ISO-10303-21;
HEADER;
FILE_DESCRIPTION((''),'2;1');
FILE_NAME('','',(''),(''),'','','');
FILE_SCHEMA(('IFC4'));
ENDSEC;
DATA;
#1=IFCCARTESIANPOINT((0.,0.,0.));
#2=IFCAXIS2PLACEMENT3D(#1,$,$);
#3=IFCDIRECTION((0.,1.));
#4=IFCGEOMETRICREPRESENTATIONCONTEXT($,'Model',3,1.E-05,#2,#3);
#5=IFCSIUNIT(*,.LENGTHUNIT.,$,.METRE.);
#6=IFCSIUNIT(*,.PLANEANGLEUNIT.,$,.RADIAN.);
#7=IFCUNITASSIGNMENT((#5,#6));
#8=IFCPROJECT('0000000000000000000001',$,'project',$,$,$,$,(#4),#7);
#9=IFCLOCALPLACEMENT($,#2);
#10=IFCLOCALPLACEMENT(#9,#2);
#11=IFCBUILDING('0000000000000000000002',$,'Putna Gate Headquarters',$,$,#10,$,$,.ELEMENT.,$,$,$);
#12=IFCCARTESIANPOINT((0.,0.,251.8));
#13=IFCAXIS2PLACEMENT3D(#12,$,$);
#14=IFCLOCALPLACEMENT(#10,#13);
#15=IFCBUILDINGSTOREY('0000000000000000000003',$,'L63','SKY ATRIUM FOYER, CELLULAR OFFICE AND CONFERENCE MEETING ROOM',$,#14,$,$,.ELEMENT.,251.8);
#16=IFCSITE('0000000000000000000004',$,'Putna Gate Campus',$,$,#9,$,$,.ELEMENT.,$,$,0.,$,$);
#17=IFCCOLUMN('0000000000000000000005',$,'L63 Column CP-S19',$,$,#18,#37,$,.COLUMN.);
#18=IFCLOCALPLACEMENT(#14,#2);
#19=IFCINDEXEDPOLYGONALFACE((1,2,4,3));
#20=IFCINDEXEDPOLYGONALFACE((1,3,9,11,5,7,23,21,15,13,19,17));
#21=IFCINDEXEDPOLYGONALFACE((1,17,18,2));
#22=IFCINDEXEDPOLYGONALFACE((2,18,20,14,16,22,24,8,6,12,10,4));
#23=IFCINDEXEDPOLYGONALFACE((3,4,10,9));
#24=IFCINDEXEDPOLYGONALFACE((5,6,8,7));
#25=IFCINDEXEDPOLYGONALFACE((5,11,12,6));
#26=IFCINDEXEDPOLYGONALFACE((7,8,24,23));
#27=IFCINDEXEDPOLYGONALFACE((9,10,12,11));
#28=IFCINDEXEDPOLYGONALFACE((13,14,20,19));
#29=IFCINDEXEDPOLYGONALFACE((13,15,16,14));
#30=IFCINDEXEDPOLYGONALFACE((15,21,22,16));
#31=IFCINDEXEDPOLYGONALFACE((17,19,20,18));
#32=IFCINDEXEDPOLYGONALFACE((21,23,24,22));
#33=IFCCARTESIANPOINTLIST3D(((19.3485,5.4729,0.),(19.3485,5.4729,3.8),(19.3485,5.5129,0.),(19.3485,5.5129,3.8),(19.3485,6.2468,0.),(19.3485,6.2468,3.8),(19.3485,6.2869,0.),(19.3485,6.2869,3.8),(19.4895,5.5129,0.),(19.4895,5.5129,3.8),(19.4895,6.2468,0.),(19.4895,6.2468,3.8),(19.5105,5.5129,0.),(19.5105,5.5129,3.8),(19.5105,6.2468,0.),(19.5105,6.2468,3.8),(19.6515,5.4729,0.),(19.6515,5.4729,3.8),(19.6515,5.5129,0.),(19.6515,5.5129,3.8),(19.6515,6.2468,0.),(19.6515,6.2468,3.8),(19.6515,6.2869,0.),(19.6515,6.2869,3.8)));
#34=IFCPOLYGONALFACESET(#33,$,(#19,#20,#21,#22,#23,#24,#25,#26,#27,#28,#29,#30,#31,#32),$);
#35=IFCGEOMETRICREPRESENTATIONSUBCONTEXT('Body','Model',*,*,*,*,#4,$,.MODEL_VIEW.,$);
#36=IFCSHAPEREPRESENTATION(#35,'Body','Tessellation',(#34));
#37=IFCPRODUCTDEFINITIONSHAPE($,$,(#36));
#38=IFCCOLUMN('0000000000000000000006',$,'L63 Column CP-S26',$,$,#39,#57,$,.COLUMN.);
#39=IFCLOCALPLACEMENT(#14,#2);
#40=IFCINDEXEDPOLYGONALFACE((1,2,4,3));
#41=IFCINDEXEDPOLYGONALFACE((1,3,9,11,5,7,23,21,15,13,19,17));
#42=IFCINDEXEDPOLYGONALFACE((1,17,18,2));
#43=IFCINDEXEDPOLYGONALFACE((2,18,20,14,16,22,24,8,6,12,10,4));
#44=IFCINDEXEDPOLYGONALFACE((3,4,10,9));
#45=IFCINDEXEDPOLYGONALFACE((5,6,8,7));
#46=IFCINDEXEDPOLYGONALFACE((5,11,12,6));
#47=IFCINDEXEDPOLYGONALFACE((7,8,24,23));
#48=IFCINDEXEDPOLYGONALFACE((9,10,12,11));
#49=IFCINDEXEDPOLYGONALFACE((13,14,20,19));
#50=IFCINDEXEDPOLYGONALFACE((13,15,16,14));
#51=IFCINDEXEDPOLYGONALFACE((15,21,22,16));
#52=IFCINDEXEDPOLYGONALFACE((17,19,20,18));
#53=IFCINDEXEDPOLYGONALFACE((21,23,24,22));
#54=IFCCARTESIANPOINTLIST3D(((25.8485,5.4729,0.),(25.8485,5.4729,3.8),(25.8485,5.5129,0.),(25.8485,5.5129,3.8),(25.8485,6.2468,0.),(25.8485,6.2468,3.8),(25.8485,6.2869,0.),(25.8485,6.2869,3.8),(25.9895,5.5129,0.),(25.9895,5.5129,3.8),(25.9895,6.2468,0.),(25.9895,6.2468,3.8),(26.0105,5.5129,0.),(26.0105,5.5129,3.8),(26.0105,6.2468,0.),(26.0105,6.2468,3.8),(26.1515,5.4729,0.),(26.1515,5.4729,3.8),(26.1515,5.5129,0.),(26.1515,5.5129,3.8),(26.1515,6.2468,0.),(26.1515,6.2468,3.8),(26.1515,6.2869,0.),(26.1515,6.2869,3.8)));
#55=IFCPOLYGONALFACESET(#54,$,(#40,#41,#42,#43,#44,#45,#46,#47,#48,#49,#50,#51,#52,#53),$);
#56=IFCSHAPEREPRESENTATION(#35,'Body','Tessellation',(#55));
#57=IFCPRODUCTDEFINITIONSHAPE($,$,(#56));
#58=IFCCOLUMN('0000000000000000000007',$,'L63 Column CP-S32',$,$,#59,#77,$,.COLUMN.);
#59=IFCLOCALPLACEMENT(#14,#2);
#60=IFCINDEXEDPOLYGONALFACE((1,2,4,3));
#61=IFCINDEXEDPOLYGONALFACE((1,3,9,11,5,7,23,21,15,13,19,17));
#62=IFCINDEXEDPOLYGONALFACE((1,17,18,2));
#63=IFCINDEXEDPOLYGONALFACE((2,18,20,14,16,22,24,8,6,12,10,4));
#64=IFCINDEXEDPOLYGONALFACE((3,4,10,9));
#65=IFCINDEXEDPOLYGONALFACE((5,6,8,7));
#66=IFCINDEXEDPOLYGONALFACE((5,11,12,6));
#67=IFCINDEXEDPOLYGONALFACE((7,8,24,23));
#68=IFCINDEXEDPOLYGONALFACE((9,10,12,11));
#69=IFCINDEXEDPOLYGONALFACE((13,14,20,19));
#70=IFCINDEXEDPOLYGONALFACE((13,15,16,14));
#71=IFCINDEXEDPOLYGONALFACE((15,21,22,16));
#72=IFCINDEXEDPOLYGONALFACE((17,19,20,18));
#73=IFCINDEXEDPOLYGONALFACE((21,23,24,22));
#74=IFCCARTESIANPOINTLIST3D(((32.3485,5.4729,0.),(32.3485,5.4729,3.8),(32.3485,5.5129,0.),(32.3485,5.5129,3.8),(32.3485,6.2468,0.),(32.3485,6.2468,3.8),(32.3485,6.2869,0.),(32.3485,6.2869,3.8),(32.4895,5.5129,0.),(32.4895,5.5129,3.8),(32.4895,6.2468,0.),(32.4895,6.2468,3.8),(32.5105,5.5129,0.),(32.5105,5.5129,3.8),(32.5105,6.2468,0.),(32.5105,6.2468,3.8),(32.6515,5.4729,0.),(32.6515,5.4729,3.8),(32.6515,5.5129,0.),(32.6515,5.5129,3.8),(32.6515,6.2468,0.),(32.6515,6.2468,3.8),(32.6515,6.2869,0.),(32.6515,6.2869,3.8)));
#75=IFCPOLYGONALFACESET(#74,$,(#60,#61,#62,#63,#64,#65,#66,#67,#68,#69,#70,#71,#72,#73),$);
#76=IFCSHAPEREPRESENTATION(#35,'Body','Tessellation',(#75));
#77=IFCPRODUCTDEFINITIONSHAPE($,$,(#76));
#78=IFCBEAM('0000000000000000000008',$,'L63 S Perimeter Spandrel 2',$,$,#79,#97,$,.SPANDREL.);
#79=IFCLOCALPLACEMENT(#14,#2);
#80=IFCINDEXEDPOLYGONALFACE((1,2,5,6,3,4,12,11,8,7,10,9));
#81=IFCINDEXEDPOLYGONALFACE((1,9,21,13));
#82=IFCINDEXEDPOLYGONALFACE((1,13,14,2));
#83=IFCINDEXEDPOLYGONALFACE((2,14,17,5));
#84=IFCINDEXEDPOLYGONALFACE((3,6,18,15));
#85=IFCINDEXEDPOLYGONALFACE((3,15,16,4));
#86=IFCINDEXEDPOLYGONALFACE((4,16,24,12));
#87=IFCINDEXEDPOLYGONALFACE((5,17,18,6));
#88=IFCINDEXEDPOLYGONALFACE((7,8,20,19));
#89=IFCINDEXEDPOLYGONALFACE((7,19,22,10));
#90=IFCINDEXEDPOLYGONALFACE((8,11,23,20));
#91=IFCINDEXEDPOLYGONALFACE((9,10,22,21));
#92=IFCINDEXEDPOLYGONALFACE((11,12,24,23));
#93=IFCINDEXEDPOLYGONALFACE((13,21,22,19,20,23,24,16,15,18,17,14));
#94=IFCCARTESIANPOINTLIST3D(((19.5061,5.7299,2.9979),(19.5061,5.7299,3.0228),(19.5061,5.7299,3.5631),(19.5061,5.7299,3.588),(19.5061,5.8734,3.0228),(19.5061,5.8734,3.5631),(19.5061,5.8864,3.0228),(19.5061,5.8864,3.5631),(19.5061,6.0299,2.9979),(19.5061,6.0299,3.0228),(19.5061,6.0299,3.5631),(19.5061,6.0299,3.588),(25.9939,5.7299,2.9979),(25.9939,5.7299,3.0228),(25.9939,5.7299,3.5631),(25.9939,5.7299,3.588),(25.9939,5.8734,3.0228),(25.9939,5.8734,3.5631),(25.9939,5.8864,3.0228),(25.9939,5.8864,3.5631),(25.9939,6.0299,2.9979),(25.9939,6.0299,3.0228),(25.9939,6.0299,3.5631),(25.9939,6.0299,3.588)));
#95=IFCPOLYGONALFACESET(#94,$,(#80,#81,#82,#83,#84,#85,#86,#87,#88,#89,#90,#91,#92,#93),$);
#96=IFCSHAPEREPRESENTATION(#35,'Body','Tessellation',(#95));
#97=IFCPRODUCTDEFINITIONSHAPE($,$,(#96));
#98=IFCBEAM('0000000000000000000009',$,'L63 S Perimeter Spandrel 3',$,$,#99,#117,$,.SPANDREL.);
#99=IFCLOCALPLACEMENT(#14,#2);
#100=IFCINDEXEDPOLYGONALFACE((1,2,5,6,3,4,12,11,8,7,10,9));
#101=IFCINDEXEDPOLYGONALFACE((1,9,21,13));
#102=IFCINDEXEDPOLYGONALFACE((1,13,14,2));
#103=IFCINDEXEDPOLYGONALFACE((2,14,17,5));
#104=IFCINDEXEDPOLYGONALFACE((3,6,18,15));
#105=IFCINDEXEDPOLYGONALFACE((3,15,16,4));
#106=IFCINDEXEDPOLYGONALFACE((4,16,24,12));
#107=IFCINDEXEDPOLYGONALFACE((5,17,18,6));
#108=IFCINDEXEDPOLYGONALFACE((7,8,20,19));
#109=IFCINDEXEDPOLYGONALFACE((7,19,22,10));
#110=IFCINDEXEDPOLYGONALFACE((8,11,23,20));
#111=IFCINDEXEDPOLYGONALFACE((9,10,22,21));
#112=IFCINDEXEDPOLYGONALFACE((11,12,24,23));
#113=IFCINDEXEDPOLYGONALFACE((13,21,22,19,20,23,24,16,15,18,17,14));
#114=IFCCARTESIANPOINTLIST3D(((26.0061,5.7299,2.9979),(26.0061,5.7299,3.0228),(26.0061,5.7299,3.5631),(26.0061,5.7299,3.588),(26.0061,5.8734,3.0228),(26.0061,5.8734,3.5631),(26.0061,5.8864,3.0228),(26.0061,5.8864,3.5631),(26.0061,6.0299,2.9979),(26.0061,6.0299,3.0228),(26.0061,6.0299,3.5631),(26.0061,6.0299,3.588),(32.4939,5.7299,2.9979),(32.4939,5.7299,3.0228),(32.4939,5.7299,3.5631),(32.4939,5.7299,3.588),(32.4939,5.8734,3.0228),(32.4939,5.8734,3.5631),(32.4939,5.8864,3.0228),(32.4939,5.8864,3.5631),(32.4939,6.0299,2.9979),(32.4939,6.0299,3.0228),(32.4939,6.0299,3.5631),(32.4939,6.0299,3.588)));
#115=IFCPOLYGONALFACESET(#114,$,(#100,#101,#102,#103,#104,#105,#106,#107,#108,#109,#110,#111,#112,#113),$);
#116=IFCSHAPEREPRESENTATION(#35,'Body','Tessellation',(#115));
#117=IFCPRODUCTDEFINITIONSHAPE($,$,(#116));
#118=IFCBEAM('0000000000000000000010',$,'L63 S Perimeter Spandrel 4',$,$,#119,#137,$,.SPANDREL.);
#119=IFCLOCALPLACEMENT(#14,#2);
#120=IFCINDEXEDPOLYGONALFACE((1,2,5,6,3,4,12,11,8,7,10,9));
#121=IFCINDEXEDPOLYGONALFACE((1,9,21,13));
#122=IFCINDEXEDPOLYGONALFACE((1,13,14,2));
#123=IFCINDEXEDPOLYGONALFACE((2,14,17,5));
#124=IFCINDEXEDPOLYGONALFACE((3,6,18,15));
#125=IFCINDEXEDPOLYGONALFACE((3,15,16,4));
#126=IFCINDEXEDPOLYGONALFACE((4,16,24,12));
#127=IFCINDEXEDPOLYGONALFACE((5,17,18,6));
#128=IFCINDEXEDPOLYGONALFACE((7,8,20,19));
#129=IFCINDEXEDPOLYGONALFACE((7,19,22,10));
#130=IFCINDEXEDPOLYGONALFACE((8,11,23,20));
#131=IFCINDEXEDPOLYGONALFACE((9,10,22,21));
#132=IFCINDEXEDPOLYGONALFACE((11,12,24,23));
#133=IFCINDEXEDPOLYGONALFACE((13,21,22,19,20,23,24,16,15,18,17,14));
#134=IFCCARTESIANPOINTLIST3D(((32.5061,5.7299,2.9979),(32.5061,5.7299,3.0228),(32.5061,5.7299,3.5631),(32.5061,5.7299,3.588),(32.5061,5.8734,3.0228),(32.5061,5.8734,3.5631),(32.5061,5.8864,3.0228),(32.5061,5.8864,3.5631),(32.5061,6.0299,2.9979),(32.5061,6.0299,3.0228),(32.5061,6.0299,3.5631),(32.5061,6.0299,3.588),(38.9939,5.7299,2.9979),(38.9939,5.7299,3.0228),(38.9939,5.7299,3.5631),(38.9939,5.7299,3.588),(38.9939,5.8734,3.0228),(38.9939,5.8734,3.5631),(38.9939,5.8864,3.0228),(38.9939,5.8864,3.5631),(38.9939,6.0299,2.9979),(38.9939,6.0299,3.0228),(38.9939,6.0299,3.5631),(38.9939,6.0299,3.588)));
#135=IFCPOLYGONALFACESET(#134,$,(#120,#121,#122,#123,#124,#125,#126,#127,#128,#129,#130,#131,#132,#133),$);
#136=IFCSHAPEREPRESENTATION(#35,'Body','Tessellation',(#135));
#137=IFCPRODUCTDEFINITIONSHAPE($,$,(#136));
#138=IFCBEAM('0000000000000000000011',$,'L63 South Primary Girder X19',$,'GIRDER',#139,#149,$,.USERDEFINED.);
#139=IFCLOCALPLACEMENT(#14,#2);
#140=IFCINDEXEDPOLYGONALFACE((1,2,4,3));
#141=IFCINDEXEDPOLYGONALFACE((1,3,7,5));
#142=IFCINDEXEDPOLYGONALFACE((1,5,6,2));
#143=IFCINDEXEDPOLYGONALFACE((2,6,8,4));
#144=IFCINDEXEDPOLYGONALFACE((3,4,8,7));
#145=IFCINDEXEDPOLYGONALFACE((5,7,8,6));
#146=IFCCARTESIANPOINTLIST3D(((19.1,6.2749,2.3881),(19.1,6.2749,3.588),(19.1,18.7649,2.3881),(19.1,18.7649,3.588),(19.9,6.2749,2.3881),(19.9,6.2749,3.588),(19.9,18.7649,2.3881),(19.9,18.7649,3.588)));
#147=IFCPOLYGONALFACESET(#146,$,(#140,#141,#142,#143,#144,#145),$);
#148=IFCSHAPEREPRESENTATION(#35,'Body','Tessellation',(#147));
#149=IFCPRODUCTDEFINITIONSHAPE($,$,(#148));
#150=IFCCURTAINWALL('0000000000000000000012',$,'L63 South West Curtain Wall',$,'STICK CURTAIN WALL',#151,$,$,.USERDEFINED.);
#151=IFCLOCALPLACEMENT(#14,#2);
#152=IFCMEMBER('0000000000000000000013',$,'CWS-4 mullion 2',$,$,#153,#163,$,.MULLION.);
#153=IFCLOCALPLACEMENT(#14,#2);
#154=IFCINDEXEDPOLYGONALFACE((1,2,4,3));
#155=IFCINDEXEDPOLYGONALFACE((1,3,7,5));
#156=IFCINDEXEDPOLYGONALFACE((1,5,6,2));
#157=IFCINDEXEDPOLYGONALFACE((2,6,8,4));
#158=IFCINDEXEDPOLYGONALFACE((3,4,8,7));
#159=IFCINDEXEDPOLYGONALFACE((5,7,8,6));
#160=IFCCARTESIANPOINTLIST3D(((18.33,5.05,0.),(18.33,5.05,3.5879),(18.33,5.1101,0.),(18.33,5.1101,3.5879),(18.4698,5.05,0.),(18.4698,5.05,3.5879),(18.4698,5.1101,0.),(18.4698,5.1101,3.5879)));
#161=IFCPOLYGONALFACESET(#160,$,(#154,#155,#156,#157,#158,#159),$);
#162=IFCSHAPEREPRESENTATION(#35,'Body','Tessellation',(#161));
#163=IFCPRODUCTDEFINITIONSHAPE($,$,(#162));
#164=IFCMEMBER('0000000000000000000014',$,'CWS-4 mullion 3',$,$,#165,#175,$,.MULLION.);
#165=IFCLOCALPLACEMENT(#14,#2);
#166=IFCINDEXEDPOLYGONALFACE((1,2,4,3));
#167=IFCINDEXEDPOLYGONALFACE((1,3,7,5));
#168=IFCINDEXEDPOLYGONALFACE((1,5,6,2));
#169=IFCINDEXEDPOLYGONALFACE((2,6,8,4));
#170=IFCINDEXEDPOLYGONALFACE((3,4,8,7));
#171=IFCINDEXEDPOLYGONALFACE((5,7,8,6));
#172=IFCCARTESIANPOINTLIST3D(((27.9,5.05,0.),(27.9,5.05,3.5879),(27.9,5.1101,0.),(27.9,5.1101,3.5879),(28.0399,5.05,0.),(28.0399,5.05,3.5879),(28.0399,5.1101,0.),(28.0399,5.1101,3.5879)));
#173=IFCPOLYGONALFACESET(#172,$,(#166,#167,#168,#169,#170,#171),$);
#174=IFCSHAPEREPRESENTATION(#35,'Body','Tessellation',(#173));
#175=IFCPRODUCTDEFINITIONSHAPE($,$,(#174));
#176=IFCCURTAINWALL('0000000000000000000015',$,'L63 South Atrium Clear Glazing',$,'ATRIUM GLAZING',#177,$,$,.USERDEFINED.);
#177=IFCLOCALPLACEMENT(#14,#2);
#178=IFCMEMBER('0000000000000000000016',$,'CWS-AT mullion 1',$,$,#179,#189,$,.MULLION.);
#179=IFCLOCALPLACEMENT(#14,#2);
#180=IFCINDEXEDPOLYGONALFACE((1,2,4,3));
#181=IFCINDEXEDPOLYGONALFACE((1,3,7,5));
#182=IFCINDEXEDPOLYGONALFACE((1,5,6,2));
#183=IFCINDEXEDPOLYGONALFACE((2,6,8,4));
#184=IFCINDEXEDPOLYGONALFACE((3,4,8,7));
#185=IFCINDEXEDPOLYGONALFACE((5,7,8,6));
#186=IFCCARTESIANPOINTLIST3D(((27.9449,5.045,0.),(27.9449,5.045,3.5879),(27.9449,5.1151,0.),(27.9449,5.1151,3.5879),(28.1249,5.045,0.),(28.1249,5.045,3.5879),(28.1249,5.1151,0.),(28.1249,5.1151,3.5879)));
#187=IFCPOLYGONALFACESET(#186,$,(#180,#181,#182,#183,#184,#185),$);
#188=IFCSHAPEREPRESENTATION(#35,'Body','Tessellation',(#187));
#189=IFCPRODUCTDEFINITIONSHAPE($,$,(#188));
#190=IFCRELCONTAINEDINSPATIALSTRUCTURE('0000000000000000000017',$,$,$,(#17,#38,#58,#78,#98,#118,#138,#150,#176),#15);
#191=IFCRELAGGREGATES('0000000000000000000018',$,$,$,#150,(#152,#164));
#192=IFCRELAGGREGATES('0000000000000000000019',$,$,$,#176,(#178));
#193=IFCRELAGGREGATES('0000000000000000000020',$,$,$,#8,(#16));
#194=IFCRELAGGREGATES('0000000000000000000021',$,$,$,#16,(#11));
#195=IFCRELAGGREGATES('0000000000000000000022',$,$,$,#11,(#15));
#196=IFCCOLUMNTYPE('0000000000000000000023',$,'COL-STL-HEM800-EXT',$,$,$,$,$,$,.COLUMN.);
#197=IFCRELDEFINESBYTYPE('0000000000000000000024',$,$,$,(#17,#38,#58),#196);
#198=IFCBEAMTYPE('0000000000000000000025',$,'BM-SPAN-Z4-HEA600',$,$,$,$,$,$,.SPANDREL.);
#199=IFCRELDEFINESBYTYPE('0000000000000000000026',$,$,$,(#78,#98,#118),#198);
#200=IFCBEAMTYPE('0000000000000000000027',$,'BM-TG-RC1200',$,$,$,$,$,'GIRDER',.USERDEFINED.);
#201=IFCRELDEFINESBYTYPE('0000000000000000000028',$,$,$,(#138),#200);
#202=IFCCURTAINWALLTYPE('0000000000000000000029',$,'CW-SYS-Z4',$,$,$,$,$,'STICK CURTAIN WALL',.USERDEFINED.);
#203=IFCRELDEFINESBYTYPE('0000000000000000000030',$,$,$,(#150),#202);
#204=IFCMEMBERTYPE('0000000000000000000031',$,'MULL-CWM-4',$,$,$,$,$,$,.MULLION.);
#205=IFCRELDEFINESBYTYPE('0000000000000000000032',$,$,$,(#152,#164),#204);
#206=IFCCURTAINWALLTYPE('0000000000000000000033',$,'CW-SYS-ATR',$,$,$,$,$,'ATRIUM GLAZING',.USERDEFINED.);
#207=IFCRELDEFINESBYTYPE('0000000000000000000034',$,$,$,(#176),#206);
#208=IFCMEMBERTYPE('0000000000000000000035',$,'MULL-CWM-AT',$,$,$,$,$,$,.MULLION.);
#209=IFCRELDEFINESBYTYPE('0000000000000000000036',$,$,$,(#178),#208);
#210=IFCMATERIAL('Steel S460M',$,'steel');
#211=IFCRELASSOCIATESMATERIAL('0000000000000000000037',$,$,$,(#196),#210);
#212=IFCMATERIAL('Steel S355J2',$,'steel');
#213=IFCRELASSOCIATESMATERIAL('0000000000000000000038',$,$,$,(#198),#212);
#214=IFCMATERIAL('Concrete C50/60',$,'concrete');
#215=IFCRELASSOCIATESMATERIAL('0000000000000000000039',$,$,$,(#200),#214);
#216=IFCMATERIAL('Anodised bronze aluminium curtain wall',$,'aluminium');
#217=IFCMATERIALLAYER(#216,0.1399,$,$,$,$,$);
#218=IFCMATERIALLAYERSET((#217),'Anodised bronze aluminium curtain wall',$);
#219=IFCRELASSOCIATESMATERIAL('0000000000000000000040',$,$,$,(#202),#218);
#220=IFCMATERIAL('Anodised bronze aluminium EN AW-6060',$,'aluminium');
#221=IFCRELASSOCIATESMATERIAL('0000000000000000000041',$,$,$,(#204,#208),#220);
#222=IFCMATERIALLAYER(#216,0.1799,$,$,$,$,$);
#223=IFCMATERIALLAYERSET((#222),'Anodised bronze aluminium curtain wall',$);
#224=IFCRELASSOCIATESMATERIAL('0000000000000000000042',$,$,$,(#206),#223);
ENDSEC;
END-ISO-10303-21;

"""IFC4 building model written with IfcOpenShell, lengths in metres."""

from ifc_helpers import new_model, si_unit, direction, frame, origin, origin_2d, place, context, subcontext, project, spatial, rectangle, i_section, extrude, material, layer, layer_set, material_profile, profile_set, type_object, element, aggregate, save


model = new_model("IFC4")

# Units and contexts
model_context = context("Model", 3, precision=1e-05, world=origin(), true_north=direction((0.0, 1.0)))
body_context = subcontext(model_context, "Body", "Model", "MODEL_VIEW")
ifc_project = project(units=[si_unit("LENGTHUNIT", "METRE"), si_unit("PLANEANGLEUNIT", "RADIAN")], contexts=[model_context])

# Site, building, storey
site_placement = place(None, origin())
site = spatial("IfcSite", under=ifc_project, at=site_placement, Name="Putna Gate Campus", CompositionType="ELEMENT", RefElevation=0.0)
building_placement = place(site_placement, origin())
building = spatial("IfcBuilding", under=site, at=building_placement, Name="Putna Gate Headquarters", CompositionType="ELEMENT")
storey_placement = place(building_placement, frame((0.0, 0.0, 251.8)))
storey = spatial("IfcBuildingStorey", under=building, at=storey_placement, Name="L63", Description="SKY ATRIUM FOYER, CELLULAR OFFICE AND CONFERENCE MEETING ROOM", CompositionType="ELEMENT", Elevation=251.8)

# Columns
ifc_material_1 = material(Name="Steel S460M", Category="steel")
ifc_material_profile_1 = material_profile(ifc_material_1, i_section(OverallWidth=0.303, OverallDepth=0.814, WebThickness=0.021, FlangeThickness=0.04, at=origin_2d()), Name="Steel S460M")
ifc_profile_set_1 = profile_set([ifc_material_profile_1], Name="Steel S460M")
column_type = type_object("IfcColumnType", Name="COL-STL-HEM800-EXT", PredefinedType="COLUMN", material=ifc_profile_set_1)
for number, where, z_axis, x_axis, name in (
    (1, (19.5, 5.8799, 0.0), (0.0, 0.0, 1.0), (1.0, 0.0, 0.0), "L63 Column CP-S19"),
    (2, (26.0, 5.8799, 0.0), (0.0, 0.0, 1.0), (1.0, 0.0, 0.0), "L63 Column CP-S26"),
    (3, (32.5, 5.8799, 0.0), (0.0, 0.0, 1.0), (1.0, 0.0, 0.0), "L63 Column CP-S32"),
):
    element("IfcColumn", number, at=place(storey_placement, frame(where, z_axis=z_axis, x_axis=x_axis)), inside=storey, type_object=column_type, Name=name, PredefinedType="COLUMN", context=body_context, shape_type="SweptSolid", body=[
        extrude(i_section(OverallWidth=0.303, OverallDepth=0.814, WebThickness=0.021, FlangeThickness=0.04, at=origin_2d()), origin(), (0.0, 0.0, 1.0), 3.8),
    ])

# Beams
ifc_material_2 = material(Name="Steel S355J2", Category="steel")
ifc_material_profile_2 = material_profile(ifc_material_2, i_section(OverallWidth=0.3, OverallDepth=0.5901, WebThickness=0.0129, FlangeThickness=0.0249, at=origin_2d()), Name="Steel S355J2")
ifc_profile_set_2 = profile_set([ifc_material_profile_2], Name="Steel S355J2")
beam_type_1 = type_object("IfcBeamType", Name="BM-SPAN-Z4-HEA600", PredefinedType="SPANDREL", material=ifc_profile_set_2)
for number, where, z_axis, x_axis, name in (
    (4, (19.5061, 5.8799, 3.293), (1.0, 0.0, 0.0), (0.0, 1.0, 0.0), "L63 S Perimeter Spandrel 2"),
    (5, (26.0061, 5.8799, 3.293), (1.0, 0.0, 0.0), (0.0, 1.0, 0.0), "L63 S Perimeter Spandrel 3"),
    (6, (32.5061, 5.8799, 3.293), (1.0, 0.0, 0.0), (0.0, 1.0, 0.0), "L63 S Perimeter Spandrel 4"),
):
    element("IfcBeam", number, at=place(storey_placement, frame(where, z_axis=z_axis, x_axis=x_axis)), inside=storey, type_object=beam_type_1, Name=name, PredefinedType="SPANDREL", context=body_context, shape_type="SweptSolid", body=[
        extrude(i_section(OverallWidth=0.3, OverallDepth=0.5901, WebThickness=0.0129, FlangeThickness=0.0249, at=origin_2d()), origin(), (0.0, 0.0, 1.0), 6.4878),
    ])
ifc_material_3 = material(Name="Concrete C50/60", Category="concrete")
ifc_material_profile_3 = material_profile(ifc_material_3, rectangle(XDim=0.8, YDim=1.2, at=origin_2d()), Name="Concrete C50/60")
ifc_profile_set_3 = profile_set([ifc_material_profile_3], Name="Concrete C50/60")
beam_type_2 = type_object("IfcBeamType", Name="BM-TG-RC1200", ElementType="GIRDER", PredefinedType="USERDEFINED", material=ifc_profile_set_3)
beam_placement = place(storey_placement, frame((19.5, 6.2749, 2.988), z_axis=(0.0, 1.0, 0.0), x_axis=(-1.0, 0.0, 0.0)))
element("IfcBeam", 7, at=beam_placement, inside=storey, type_object=beam_type_2, Name="L63 South Primary Girder X19", ObjectType="GIRDER", PredefinedType="USERDEFINED", context=body_context, shape_type="SweptSolid", body=[
    extrude(rectangle(XDim=0.8, YDim=1.2, at=origin_2d()), origin(), (0.0, 0.0, 1.0), 12.49),
])

# Curtain wall, members
ifc_material_4 = material(Name="Anodised bronze aluminium curtain wall", Category="aluminium")
ifc_layer_1 = layer(ifc_material_4, 0.1399)
ifc_layer_set_1 = layer_set([ifc_layer_1], Name="Anodised bronze aluminium curtain wall")
curtain_wall_type_1 = type_object("IfcCurtainWallType", Name="CW-SYS-Z4", ElementType="STICK CURTAIN WALL", PredefinedType="USERDEFINED", material=ifc_layer_set_1)
curtain_wall_1_placement = place(storey_placement, origin())
curtain_wall_1 = element("IfcCurtainWall", 8, at=curtain_wall_1_placement, inside=storey, type_object=curtain_wall_type_1, Name="L63 South West Curtain Wall", ObjectType="STICK CURTAIN WALL", PredefinedType="USERDEFINED")
ifc_material_5 = material(Name="Anodised bronze aluminium EN AW-6060", Category="aluminium")
ifc_material_profile_4 = material_profile(ifc_material_5, rectangle(XDim=0.0601, YDim=0.1399, at=origin_2d()), Name="Anodised bronze aluminium EN AW-6060")
ifc_profile_set_4 = profile_set([ifc_material_profile_4], Name="Anodised bronze aluminium EN AW-6060")
member_type_1 = type_object("IfcMemberType", Name="MULL-CWM-4", PredefinedType="MULLION", material=ifc_profile_set_4)
member_1_placement = place(storey_placement, frame((18.3999, 5.0801, 0.0), z_axis=(0.0, 0.0, 1.0), x_axis=(0.0, 1.0, 0.0)))
member_1 = element("IfcMember", 9, at=member_1_placement, type_object=member_type_1, Name="CWS-4 mullion 2", PredefinedType="MULLION", context=body_context, shape_type="SweptSolid", body=[
    extrude(rectangle(XDim=0.0601, YDim=0.1399, at=origin_2d()), origin(), (0.0, 0.0, 1.0), 3.5879),
])
member_2_placement = place(storey_placement, frame((27.97, 5.0801, 0.0), z_axis=(0.0, 0.0, 1.0), x_axis=(0.0, 1.0, 0.0)))
member_2 = element("IfcMember", 10, at=member_2_placement, type_object=member_type_1, Name="CWS-4 mullion 3", PredefinedType="MULLION", context=body_context, shape_type="SweptSolid", body=[
    extrude(rectangle(XDim=0.0601, YDim=0.1399, at=origin_2d()), origin(), (0.0, 0.0, 1.0), 3.5879),
])

# Curtain wall, member
ifc_layer_2 = layer(ifc_material_4, 0.1799)
ifc_layer_set_2 = layer_set([ifc_layer_2], Name="Anodised bronze aluminium curtain wall")
curtain_wall_type_2 = type_object("IfcCurtainWallType", Name="CW-SYS-ATR", ElementType="ATRIUM GLAZING", PredefinedType="USERDEFINED", material=ifc_layer_set_2)
curtain_wall_2_placement = place(storey_placement, origin())
curtain_wall_2 = element("IfcCurtainWall", 11, at=curtain_wall_2_placement, inside=storey, type_object=curtain_wall_type_2, Name="L63 South Atrium Clear Glazing", ObjectType="ATRIUM GLAZING", PredefinedType="USERDEFINED")
ifc_material_profile_5 = material_profile(ifc_material_5, rectangle(XDim=0.0701, YDim=0.1799, at=origin_2d()), Name="Anodised bronze aluminium EN AW-6060")
ifc_profile_set_5 = profile_set([ifc_material_profile_5], Name="Anodised bronze aluminium EN AW-6060")
member_type_2 = type_object("IfcMemberType", Name="MULL-CWM-AT", PredefinedType="MULLION", material=ifc_profile_set_5)
member_3_placement = place(storey_placement, frame((28.0349, 5.0801, 0.0), z_axis=(0.0, 0.0, 1.0), x_axis=(0.0, 1.0, 0.0)))
member_3 = element("IfcMember", 12, at=member_3_placement, type_object=member_type_2, Name="CWS-AT mullion 1", PredefinedType="MULLION", context=body_context, shape_type="SweptSolid", body=[
    extrude(rectangle(XDim=0.0701, YDim=0.1799, at=origin_2d()), origin(), (0.0, 0.0, 1.0), 3.5879),
])

aggregate(curtain_wall_1, [member_1, member_2])
aggregate(curtain_wall_2, [member_3])

save(model, "model.ifc")
